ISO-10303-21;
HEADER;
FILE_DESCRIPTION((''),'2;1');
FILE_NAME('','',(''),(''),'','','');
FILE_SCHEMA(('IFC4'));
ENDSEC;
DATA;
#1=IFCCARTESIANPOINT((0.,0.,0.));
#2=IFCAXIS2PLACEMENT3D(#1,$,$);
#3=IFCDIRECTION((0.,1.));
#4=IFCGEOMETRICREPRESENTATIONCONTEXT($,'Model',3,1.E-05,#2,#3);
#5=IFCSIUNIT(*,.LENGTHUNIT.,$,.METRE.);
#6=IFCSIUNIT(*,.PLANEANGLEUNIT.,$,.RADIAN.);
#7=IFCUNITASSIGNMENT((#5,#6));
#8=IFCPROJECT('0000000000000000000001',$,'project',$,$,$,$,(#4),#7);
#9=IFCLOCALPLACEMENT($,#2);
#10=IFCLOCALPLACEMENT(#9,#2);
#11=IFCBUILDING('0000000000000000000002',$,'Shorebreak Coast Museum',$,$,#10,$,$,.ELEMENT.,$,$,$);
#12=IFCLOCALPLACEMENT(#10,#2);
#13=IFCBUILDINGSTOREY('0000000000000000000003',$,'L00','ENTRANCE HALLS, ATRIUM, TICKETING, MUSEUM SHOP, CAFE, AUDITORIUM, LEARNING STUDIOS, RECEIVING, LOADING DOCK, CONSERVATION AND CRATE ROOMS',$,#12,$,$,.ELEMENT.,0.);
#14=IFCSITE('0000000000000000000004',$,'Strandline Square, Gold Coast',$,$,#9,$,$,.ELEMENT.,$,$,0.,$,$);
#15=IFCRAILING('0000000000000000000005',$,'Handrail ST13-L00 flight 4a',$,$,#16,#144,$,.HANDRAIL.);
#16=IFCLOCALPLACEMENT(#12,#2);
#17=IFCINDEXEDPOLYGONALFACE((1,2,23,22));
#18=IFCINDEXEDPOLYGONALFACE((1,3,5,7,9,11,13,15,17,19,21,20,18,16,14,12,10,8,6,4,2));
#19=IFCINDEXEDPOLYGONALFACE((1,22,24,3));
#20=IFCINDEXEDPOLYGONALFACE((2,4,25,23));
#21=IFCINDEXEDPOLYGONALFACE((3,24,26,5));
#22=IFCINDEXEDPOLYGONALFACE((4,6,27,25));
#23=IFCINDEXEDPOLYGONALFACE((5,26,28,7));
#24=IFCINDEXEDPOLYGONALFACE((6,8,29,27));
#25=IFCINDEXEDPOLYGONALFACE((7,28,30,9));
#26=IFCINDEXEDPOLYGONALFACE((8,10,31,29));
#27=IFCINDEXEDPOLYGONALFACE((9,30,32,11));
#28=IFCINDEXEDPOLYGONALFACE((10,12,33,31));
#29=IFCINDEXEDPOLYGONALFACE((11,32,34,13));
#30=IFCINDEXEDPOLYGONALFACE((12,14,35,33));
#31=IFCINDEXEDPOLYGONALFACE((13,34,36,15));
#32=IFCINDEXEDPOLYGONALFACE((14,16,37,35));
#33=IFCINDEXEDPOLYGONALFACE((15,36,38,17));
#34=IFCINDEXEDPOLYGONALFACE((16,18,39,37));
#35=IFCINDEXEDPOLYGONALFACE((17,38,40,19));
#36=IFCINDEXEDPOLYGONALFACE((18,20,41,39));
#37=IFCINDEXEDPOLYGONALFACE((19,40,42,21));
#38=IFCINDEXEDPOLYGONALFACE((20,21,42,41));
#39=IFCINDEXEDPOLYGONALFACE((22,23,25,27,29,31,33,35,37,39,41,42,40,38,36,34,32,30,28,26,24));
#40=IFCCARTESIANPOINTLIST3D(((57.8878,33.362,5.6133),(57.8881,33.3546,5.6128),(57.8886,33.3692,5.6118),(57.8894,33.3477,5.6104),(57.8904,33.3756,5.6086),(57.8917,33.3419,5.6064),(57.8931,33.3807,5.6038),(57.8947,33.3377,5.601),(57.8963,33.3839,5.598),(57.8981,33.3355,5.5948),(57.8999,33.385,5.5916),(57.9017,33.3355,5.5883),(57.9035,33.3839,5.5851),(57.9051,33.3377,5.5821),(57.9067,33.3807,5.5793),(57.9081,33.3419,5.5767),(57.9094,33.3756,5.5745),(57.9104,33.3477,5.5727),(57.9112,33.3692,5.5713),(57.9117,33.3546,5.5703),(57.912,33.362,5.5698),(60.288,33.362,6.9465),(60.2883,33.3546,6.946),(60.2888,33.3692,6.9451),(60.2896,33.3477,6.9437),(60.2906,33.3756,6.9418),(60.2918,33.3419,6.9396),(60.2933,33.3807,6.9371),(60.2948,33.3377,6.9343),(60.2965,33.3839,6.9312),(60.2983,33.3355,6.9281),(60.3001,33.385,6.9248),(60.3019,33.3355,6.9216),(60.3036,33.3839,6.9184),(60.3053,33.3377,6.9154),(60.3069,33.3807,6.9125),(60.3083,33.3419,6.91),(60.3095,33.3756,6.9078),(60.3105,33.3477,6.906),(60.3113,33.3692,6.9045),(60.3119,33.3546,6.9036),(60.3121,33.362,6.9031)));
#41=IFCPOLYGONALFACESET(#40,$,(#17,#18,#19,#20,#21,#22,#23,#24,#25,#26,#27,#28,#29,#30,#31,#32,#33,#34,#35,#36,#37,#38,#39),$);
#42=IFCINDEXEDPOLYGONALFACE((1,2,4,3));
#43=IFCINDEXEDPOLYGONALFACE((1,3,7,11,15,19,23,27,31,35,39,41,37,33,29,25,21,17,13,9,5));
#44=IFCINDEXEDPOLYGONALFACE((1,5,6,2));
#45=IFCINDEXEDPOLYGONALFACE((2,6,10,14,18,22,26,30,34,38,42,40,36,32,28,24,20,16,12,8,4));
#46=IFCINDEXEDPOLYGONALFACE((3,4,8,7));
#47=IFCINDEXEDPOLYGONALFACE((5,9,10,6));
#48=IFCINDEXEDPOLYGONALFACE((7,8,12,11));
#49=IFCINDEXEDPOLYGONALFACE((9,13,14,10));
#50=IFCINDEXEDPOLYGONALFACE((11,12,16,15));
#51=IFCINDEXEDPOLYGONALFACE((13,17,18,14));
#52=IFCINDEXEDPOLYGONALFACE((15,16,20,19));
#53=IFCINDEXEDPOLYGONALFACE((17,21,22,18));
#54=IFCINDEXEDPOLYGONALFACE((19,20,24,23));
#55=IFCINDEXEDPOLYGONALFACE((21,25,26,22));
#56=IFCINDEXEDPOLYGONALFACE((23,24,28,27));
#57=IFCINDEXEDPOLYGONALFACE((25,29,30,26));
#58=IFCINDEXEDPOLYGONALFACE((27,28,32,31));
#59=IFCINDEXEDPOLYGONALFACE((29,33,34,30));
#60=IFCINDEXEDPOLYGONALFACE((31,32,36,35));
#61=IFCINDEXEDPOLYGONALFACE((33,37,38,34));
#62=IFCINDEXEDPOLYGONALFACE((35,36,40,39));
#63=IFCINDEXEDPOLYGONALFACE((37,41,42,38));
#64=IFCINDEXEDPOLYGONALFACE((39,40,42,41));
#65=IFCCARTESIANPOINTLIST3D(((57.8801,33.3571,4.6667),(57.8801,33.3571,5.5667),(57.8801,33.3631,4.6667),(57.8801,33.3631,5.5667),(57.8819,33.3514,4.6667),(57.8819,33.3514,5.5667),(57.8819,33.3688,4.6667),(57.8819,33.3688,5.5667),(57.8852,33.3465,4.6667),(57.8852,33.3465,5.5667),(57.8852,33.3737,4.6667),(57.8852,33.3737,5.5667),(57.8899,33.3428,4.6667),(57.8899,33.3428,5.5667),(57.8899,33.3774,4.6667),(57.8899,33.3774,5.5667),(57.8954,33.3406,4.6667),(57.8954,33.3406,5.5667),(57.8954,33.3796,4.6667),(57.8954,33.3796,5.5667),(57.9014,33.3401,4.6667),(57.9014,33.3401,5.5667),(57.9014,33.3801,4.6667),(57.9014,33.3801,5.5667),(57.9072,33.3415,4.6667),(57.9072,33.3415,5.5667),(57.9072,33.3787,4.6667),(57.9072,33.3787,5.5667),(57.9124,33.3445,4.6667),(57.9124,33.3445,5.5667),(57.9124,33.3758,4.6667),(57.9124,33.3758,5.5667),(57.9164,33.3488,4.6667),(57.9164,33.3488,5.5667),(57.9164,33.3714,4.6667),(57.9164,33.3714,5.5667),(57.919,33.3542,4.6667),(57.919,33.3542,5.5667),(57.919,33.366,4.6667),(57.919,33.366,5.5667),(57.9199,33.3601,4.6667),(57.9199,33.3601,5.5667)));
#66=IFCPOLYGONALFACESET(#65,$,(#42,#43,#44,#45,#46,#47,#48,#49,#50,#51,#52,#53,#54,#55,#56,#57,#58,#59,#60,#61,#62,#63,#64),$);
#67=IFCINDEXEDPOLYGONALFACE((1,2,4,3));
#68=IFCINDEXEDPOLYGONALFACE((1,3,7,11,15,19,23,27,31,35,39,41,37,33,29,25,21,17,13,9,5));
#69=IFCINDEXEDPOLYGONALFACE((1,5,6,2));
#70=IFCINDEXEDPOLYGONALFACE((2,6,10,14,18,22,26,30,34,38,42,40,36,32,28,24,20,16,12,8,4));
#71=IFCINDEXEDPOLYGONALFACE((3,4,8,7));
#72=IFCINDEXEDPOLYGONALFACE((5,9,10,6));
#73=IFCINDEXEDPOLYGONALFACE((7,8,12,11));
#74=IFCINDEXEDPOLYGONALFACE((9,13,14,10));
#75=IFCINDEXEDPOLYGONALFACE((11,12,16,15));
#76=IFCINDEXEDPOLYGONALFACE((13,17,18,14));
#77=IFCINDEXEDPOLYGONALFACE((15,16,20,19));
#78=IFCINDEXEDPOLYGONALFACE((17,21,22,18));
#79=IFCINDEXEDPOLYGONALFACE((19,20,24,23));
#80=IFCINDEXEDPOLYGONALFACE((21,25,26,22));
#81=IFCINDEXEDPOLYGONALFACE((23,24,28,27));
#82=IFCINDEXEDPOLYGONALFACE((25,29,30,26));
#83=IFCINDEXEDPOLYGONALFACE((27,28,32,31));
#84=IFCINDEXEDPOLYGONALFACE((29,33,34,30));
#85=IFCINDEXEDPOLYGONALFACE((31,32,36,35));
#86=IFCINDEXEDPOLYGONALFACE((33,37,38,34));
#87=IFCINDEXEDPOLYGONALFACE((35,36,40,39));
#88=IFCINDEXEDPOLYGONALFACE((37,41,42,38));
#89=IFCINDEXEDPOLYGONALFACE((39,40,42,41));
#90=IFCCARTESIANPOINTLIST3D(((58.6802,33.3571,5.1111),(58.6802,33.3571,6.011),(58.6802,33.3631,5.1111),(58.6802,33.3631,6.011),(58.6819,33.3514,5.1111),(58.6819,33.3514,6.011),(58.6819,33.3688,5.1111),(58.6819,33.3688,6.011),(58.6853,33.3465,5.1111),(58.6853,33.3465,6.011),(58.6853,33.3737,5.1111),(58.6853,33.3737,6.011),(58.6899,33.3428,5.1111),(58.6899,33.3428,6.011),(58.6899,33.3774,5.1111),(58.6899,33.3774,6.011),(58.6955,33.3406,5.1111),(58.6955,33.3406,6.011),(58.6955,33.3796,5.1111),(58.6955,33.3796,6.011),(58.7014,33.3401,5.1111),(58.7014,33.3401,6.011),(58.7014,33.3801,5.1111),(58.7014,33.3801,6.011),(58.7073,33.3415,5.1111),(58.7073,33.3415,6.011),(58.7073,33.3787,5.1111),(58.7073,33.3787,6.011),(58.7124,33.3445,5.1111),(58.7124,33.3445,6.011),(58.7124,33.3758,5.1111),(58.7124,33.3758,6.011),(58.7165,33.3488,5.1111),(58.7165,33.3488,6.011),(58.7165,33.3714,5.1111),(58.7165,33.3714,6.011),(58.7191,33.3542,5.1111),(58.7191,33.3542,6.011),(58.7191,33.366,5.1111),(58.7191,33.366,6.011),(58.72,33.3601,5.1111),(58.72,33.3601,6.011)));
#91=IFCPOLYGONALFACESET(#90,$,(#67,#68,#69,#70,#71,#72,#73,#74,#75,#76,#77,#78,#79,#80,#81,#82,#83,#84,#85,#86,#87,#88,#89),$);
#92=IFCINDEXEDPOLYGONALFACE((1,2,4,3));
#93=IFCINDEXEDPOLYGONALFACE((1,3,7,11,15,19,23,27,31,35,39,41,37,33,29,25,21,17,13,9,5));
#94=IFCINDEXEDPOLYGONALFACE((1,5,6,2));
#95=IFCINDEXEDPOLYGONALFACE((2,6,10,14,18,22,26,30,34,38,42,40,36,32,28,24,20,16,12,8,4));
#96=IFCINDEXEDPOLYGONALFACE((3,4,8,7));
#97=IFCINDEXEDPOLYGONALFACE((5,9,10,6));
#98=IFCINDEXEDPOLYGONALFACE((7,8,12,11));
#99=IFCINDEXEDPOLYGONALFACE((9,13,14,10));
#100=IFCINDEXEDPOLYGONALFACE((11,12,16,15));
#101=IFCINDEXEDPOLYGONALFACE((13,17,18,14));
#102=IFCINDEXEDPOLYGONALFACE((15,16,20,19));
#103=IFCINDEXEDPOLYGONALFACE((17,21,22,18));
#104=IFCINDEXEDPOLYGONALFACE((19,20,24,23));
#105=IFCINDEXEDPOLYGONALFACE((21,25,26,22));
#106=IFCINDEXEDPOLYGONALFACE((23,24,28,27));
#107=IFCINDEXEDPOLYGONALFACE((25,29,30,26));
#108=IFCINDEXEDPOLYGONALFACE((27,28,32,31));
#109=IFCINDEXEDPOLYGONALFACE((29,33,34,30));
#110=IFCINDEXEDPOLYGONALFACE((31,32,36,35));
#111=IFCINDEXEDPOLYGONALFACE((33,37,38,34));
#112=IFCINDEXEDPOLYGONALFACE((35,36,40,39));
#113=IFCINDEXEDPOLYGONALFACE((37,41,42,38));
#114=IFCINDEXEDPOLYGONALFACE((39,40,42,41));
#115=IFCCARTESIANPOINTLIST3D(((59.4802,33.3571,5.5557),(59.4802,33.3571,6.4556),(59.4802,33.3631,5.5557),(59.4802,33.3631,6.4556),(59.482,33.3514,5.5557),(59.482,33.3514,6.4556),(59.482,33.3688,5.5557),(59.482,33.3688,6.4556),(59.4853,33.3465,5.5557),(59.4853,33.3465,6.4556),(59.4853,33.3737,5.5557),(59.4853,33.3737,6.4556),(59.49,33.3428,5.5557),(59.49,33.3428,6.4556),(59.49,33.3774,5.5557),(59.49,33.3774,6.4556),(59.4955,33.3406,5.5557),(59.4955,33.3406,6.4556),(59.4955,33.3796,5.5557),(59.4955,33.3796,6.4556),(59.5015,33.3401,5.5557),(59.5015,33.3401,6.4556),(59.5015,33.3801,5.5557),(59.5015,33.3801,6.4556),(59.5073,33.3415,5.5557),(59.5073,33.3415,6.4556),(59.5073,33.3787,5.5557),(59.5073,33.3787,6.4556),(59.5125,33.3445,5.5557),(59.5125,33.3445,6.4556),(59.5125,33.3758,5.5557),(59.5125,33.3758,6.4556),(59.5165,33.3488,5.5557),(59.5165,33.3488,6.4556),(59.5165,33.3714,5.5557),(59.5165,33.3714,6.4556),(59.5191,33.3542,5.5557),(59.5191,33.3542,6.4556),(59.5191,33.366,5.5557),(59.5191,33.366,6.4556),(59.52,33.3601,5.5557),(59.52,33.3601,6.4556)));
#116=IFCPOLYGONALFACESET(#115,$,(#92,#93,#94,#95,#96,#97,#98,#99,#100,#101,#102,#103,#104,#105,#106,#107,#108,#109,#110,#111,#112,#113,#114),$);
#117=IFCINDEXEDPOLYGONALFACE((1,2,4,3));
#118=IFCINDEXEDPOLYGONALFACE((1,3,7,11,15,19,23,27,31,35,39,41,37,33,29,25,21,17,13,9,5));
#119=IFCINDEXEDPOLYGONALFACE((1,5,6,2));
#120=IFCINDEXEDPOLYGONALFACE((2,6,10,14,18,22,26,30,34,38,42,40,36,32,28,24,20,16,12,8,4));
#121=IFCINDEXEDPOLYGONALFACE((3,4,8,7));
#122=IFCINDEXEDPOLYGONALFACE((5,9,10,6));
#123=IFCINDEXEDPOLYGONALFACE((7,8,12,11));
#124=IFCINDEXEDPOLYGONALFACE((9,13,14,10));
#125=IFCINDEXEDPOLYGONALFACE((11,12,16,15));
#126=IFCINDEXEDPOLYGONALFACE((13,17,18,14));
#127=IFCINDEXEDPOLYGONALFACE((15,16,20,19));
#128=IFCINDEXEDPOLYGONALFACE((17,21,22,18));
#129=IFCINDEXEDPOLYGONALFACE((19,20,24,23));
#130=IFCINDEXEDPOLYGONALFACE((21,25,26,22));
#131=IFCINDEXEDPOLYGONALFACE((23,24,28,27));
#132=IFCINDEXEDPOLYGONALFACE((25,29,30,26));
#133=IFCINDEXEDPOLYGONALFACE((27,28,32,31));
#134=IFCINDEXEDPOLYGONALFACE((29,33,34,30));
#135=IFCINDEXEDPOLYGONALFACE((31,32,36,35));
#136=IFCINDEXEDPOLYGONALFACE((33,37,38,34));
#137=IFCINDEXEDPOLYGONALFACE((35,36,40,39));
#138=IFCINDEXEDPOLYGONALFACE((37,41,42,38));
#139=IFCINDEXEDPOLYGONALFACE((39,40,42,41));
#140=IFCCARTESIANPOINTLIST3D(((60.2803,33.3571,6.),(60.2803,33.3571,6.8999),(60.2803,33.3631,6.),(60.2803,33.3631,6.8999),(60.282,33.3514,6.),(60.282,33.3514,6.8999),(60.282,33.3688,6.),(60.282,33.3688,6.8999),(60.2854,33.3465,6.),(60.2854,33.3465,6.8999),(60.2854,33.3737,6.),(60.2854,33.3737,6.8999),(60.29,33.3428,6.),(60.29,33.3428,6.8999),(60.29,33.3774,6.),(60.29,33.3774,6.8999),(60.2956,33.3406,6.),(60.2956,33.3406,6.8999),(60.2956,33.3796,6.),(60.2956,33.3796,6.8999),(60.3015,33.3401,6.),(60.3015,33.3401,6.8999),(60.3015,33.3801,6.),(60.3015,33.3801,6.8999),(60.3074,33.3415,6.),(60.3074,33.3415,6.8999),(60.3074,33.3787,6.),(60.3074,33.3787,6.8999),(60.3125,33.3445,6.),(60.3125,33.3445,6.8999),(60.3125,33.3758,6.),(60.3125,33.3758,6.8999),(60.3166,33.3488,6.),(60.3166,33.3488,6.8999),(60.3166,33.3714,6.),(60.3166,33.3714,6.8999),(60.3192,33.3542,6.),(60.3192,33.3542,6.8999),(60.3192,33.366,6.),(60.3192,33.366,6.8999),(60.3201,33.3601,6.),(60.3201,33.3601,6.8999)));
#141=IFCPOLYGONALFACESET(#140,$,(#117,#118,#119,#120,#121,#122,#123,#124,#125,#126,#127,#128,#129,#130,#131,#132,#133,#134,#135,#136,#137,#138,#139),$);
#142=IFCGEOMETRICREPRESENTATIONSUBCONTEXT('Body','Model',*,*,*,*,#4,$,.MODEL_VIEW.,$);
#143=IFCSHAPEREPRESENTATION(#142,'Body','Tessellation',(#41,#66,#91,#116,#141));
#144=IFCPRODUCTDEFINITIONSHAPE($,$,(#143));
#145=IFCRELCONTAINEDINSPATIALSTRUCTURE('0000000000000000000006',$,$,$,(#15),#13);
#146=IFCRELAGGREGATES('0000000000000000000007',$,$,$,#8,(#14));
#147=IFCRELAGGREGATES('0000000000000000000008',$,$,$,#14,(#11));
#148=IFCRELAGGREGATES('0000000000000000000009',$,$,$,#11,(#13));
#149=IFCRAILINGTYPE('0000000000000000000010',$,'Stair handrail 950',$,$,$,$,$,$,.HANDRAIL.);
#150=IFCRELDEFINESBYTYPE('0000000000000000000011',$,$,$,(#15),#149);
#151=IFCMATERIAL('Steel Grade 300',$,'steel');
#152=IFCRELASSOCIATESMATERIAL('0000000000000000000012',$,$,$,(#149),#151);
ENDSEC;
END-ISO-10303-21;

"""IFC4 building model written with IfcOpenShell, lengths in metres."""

from ifc_helpers import new_model, si_unit, direction, frame, origin, origin_2d, place, context, subcontext, project, spatial, circle, extrude, material, type_object, element, save


model = new_model("IFC4")

# Units and contexts
model_context = context("Model", 3, precision=1e-05, world=origin(), true_north=direction((0.0, 1.0)))
body_context = subcontext(model_context, "Body", "Model", "MODEL_VIEW")
ifc_project = project(units=[si_unit("LENGTHUNIT", "METRE"), si_unit("PLANEANGLEUNIT", "RADIAN")], contexts=[model_context])

# Site, building, storey
site_placement = place(None, origin())
site = spatial("IfcSite", under=ifc_project, at=site_placement, Name="Strandline Square, Gold Coast", CompositionType="ELEMENT", RefElevation=0.0)
building_placement = place(site_placement, origin())
building = spatial("IfcBuilding", under=site, at=building_placement, Name="Shorebreak Coast Museum", CompositionType="ELEMENT")
storey_placement = place(building_placement, origin())
storey = spatial("IfcBuildingStorey", under=building, at=storey_placement, Name="L00", Description="ENTRANCE HALLS, ATRIUM, TICKETING, MUSEUM SHOP, CAFE, AUDITORIUM, LEARNING STUDIOS, RECEIVING, LOADING DOCK, CONSERVATION AND CRATE ROOMS", CompositionType="ELEMENT", Elevation=0.0)

# Railing
ifc_material_1 = material(Name="Steel Grade 300", Category="steel")
railing_type_1 = type_object("IfcRailingType", Name="Stair handrail 950", PredefinedType="HANDRAIL", material=ifc_material_1)
for number, where, name in (
    (1, (57.8999, 33.3601, 4.6667), "Handrail ST13-L00 flight 4a"),
):
    element("IfcRailing", number, at=place(storey_placement, frame(where)), inside=storey, type_object=railing_type_1, Name=name, PredefinedType="HANDRAIL", context=body_context, shape_type="SweptSolid", body=[
        extrude(circle(Radius=0.0249, at=origin_2d()), frame((0.0, 0.0, 0.9248), z_axis=(0.874182, 0.0, 0.485598), x_axis=(0.0, 1.0, 0.0)), (0.0, 0.0, 1.0), 2.7456),
        extrude(circle(Radius=0.02, at=origin_2d()), origin(), (0.0, 0.0, 1.0), 0.8999),
        extrude(circle(Radius=0.02, at=origin_2d()), frame((0.8, 0.0, 0.4443)), (0.0, 0.0, 1.0), 0.8999),
        extrude(circle(Radius=0.02, at=origin_2d()), frame((1.6001, 0.0, 0.8889)), (0.0, 0.0, 1.0), 0.8999),
        extrude(circle(Radius=0.02, at=origin_2d()), frame((2.4001, 0.0, 1.3333)), (0.0, 0.0, 1.0), 0.8999),
    ])

save(model, "model.ifc")
